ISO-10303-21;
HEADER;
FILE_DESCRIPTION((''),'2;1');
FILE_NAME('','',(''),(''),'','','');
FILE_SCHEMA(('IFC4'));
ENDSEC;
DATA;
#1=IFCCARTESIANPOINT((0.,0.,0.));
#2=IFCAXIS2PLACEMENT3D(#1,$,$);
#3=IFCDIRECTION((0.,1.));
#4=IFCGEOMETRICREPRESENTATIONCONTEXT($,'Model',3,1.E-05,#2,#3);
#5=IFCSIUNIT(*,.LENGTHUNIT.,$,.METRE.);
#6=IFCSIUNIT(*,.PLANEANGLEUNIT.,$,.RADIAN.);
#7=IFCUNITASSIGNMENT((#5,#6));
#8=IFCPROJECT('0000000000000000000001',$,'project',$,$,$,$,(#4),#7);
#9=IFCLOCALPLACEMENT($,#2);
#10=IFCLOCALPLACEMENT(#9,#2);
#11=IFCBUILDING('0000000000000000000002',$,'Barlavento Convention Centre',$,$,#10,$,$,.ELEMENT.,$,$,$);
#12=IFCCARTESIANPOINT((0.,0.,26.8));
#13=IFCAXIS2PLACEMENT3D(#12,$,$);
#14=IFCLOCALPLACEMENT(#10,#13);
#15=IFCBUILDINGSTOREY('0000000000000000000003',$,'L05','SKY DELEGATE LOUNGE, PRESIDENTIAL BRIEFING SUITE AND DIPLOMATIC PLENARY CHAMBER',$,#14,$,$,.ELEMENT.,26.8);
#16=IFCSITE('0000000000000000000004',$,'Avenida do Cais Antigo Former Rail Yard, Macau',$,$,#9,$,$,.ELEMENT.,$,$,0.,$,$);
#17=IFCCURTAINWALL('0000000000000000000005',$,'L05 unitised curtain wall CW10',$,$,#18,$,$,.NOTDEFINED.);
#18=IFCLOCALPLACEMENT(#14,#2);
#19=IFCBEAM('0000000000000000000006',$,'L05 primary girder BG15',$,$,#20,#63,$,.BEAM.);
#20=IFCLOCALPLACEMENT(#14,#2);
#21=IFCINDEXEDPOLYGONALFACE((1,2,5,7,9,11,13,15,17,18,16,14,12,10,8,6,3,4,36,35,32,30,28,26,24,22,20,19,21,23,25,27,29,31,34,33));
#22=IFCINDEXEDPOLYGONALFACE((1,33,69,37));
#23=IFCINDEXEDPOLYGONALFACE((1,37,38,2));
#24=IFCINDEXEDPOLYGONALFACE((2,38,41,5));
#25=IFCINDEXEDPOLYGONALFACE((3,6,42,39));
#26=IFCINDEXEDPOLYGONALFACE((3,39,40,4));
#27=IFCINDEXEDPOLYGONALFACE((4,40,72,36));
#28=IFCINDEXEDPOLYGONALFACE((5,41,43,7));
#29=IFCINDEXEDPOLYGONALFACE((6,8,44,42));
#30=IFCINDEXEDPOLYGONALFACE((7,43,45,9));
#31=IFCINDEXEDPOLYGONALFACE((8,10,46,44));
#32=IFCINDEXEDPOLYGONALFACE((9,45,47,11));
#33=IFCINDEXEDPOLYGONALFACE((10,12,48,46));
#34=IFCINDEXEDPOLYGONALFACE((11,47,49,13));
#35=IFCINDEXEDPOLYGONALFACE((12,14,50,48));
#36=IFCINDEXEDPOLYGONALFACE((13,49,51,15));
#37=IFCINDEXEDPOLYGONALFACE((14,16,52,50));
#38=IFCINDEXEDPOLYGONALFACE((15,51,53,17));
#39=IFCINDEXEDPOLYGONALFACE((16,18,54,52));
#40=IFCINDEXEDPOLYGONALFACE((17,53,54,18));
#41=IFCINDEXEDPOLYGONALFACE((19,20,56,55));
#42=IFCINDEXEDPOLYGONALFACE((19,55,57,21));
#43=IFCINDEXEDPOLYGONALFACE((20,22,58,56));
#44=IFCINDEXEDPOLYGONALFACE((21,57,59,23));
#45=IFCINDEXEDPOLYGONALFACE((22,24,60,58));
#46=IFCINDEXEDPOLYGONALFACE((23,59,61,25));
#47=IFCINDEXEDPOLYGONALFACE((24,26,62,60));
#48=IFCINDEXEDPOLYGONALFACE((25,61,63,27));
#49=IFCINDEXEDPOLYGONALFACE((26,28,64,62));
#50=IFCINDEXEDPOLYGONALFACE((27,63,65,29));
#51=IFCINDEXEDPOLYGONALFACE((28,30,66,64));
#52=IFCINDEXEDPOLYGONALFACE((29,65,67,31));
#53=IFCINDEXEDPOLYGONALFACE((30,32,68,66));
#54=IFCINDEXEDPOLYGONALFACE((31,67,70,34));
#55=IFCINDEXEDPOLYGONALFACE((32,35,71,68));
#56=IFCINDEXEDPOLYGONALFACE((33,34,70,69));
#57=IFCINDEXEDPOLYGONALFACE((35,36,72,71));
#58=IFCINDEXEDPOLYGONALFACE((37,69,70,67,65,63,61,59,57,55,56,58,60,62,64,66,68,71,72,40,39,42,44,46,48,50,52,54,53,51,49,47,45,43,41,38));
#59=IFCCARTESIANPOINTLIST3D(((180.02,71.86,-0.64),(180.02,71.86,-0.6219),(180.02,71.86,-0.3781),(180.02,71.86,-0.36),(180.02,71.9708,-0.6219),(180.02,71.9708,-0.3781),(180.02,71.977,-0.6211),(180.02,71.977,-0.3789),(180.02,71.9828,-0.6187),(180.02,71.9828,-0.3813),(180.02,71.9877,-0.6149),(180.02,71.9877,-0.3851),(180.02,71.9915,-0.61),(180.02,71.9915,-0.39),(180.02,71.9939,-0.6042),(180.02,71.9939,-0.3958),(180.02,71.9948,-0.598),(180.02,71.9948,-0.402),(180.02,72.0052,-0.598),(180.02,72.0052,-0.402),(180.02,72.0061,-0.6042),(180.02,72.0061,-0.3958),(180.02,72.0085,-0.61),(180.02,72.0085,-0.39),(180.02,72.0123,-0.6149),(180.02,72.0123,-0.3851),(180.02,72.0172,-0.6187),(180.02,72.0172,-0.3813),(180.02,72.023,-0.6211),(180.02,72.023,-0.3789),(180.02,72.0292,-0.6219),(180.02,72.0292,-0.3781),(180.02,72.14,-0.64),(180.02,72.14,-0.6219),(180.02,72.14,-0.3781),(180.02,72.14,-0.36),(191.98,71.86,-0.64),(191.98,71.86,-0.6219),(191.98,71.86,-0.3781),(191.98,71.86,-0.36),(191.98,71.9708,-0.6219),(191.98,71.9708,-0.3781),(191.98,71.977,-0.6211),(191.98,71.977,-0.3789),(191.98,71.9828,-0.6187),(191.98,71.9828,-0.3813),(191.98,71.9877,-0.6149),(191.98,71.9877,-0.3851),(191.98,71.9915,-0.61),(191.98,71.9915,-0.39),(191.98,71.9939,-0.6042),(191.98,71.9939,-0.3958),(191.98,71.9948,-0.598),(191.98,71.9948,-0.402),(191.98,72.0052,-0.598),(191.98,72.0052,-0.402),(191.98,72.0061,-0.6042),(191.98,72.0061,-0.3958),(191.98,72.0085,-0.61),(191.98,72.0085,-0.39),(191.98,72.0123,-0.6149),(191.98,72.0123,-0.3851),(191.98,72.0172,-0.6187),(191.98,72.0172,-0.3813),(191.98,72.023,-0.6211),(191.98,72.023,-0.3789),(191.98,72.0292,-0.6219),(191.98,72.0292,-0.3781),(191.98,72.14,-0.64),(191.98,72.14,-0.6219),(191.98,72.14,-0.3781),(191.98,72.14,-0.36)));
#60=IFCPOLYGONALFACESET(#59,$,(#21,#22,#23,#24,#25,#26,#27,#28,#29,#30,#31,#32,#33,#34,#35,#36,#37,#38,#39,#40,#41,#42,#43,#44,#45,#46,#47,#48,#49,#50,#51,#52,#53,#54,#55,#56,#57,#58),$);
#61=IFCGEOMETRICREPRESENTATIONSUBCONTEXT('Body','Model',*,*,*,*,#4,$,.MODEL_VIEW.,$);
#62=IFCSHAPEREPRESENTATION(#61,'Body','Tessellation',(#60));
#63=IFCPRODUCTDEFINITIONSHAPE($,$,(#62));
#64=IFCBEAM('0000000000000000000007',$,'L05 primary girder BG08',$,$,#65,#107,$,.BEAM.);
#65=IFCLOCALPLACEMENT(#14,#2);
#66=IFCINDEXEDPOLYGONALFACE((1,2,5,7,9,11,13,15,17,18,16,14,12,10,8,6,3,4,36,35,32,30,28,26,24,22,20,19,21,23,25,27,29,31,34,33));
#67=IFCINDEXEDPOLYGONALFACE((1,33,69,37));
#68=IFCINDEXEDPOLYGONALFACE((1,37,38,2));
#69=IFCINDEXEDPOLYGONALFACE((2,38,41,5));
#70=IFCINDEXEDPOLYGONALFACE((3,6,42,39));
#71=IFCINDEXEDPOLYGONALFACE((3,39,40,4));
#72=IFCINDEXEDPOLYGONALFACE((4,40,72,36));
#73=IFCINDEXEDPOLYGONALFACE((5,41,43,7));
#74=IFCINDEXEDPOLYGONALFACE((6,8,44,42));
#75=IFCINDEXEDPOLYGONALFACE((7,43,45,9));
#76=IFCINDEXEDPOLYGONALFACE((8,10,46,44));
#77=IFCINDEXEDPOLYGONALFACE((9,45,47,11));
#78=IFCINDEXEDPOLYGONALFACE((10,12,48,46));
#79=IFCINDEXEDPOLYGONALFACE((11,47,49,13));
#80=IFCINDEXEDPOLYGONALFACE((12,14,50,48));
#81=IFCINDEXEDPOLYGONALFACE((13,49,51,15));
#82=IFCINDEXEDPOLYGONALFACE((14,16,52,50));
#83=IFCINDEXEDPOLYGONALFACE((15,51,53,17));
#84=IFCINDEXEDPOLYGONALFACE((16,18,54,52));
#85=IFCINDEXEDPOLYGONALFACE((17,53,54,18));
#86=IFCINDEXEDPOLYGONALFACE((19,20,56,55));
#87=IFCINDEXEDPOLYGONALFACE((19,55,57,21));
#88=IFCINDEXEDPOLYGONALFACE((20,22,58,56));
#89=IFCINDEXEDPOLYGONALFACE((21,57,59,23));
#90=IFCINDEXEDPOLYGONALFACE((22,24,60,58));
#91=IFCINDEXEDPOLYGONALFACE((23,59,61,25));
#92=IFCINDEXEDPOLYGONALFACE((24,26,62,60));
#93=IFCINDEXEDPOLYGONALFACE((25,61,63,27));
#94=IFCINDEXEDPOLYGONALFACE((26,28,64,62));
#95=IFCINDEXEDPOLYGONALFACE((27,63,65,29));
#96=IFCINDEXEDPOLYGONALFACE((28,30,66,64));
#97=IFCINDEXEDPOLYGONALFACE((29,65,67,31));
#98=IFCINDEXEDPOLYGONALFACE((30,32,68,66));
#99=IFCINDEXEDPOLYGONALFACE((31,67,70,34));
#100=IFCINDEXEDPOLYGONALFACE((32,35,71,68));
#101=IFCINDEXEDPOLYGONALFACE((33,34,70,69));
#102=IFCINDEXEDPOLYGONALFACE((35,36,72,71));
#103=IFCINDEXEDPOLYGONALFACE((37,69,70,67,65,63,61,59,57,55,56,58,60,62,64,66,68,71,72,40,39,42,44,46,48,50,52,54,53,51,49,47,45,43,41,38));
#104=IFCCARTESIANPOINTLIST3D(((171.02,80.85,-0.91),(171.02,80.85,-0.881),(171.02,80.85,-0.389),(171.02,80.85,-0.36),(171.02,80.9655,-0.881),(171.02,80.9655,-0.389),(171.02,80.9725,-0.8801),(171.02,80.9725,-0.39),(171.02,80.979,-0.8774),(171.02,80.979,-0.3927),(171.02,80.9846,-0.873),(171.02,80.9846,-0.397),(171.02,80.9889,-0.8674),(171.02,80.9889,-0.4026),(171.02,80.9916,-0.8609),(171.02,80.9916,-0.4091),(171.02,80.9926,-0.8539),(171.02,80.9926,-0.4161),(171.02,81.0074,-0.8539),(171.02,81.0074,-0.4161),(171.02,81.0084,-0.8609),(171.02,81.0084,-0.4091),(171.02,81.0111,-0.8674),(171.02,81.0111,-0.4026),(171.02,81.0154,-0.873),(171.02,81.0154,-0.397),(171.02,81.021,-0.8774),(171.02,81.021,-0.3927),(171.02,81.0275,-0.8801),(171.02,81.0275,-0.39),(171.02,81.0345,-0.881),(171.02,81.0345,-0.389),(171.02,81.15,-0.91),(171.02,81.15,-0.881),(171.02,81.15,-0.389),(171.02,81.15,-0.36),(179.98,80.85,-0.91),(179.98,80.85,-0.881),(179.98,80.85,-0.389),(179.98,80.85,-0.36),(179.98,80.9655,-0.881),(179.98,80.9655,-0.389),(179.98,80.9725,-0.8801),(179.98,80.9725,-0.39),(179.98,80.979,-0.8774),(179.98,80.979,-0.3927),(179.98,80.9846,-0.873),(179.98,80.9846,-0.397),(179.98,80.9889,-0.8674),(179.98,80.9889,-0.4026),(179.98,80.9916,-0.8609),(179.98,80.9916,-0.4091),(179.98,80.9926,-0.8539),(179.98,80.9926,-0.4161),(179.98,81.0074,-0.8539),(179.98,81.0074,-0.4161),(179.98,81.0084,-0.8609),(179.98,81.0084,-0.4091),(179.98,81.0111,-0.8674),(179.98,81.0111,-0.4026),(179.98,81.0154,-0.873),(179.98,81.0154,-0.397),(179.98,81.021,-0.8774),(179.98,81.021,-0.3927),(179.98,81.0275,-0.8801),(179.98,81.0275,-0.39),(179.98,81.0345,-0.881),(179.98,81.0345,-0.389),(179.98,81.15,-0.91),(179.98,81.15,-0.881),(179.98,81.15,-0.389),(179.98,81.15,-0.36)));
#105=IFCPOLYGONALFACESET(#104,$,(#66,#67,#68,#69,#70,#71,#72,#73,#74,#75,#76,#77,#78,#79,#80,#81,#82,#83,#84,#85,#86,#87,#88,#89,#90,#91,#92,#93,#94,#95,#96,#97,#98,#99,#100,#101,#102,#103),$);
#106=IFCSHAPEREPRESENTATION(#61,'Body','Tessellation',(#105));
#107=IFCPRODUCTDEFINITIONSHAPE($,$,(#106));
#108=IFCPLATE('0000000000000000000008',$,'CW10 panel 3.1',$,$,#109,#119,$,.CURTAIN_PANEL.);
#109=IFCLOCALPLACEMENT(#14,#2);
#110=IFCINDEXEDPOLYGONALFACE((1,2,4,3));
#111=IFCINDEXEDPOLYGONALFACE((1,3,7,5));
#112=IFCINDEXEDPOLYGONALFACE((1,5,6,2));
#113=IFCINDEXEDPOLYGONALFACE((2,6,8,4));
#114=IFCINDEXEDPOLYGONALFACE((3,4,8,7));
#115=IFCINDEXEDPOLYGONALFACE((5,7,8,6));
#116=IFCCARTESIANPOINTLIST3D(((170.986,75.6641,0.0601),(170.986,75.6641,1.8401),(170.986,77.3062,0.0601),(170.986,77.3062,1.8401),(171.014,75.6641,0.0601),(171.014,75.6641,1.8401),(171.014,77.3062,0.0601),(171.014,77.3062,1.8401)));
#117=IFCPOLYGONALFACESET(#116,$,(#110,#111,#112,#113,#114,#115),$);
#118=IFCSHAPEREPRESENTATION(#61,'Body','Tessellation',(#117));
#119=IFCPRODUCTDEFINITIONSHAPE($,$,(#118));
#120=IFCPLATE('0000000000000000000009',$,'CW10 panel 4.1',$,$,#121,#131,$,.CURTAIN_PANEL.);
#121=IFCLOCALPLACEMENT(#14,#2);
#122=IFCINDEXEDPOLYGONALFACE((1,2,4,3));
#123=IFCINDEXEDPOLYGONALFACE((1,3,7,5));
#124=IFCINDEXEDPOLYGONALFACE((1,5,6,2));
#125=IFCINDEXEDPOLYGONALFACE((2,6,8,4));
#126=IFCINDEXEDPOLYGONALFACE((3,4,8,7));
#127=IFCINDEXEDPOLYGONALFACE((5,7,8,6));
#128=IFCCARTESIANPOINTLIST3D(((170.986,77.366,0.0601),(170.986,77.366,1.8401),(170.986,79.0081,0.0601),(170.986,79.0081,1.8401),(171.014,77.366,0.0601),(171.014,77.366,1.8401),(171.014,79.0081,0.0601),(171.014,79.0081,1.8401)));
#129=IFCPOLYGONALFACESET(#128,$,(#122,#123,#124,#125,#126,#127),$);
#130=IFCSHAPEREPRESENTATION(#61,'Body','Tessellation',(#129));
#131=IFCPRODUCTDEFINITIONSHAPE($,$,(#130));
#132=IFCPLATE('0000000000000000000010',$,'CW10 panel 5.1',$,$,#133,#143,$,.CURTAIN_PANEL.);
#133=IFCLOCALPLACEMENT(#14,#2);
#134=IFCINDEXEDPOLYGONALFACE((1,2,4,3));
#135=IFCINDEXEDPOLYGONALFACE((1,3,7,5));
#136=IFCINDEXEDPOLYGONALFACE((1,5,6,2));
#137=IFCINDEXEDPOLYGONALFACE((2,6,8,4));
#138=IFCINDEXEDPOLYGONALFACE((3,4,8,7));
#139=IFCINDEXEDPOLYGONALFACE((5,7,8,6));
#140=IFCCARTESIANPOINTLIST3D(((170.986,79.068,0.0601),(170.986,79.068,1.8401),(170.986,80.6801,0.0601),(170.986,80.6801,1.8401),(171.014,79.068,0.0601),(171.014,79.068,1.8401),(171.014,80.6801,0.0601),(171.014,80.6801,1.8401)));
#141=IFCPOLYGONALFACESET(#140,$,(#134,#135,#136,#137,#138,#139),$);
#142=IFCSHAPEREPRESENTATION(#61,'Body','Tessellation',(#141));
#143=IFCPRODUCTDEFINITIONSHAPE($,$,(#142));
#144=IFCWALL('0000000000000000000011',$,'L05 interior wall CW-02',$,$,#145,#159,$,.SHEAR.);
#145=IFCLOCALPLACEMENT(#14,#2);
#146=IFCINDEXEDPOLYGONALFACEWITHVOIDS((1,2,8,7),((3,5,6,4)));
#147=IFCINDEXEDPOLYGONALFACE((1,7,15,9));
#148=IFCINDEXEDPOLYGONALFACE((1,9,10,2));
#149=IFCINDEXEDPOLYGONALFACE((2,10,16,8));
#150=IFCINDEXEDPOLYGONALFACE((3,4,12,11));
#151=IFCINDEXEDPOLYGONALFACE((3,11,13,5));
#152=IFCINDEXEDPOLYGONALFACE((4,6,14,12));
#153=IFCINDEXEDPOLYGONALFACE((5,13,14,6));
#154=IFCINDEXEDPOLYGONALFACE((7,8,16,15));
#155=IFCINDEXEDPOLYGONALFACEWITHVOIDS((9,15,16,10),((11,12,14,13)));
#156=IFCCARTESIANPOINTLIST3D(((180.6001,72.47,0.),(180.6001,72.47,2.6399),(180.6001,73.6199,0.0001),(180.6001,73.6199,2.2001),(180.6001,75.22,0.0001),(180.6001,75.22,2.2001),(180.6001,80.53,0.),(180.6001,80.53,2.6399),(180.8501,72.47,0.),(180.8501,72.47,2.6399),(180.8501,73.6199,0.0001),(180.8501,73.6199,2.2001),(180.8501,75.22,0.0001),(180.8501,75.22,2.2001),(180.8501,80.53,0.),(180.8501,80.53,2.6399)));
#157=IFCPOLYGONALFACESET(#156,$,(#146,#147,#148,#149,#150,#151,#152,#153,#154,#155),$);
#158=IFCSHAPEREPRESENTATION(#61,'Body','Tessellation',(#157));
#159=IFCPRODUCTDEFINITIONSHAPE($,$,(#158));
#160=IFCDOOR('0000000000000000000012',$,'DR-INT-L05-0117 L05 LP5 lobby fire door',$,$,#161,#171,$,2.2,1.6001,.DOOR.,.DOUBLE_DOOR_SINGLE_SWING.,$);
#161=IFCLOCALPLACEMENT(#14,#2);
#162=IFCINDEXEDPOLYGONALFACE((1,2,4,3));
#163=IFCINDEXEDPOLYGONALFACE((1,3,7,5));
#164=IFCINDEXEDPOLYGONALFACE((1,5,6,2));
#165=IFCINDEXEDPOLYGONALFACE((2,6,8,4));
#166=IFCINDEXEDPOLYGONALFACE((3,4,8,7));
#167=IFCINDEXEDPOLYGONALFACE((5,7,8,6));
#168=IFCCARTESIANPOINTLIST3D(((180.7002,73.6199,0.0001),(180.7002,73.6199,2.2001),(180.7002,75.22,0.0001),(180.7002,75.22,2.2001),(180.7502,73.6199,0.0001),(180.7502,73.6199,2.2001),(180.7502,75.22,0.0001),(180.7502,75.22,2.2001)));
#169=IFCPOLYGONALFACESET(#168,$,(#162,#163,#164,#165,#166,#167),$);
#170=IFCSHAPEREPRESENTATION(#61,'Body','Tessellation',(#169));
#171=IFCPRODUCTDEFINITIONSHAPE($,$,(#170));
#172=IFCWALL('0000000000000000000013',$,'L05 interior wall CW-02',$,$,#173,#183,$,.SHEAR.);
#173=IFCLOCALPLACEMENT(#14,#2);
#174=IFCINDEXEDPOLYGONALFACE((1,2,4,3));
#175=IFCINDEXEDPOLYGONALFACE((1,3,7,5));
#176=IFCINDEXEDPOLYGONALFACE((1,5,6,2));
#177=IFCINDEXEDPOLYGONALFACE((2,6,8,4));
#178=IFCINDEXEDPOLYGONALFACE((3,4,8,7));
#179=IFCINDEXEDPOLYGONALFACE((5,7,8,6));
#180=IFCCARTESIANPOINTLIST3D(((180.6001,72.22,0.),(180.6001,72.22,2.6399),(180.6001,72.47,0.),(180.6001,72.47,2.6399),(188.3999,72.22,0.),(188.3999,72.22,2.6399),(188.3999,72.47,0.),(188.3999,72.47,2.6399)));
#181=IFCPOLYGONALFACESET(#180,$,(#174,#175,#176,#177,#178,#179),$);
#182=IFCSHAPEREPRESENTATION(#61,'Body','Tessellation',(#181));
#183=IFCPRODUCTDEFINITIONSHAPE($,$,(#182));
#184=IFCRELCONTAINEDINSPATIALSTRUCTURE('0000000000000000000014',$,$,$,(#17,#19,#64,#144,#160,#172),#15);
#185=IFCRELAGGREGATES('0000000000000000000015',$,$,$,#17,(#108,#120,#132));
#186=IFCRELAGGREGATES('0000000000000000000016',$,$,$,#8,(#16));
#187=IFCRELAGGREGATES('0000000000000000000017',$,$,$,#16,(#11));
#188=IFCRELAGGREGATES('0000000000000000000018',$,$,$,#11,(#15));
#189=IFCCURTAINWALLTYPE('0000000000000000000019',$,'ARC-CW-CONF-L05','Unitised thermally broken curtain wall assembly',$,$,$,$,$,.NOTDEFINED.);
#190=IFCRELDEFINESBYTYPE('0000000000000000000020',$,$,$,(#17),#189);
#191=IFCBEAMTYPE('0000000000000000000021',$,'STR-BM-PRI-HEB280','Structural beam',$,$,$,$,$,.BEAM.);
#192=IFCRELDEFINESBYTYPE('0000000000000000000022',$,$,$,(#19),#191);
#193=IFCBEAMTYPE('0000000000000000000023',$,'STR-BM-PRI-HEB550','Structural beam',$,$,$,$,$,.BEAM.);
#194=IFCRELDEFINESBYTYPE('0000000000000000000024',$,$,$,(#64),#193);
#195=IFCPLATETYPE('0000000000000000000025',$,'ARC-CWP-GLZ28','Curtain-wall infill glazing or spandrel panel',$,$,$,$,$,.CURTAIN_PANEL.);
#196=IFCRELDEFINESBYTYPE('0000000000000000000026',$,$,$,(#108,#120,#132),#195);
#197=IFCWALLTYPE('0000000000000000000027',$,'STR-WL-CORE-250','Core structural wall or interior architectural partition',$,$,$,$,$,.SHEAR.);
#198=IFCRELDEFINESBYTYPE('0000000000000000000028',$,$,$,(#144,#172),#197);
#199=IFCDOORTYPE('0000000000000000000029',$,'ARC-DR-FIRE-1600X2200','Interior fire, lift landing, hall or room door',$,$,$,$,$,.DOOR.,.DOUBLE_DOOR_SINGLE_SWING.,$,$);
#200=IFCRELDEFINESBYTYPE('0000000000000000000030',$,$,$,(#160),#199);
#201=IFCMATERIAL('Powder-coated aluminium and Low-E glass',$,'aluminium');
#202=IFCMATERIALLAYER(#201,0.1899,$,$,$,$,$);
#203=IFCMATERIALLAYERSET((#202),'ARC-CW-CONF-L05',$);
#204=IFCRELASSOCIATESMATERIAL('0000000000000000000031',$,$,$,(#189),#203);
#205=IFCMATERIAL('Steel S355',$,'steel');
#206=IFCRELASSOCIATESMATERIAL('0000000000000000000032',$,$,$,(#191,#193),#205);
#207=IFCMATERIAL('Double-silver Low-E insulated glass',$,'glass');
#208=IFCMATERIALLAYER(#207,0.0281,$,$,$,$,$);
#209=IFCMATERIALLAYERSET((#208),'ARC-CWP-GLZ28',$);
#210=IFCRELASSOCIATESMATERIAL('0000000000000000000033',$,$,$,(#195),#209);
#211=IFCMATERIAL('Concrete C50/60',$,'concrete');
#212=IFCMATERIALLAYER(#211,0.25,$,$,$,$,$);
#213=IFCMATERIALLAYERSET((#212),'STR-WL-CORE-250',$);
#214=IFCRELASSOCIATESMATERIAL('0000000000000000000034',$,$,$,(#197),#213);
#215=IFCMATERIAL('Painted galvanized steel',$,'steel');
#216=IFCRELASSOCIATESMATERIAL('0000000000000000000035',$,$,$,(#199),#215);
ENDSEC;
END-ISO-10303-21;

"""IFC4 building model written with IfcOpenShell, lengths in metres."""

from ifc_helpers import new_model, si_unit, direction, frame, frame_2d, origin, origin_2d, place, context, subcontext, project, spatial, rectangle, i_section, extrude, material, layer, layer_set, material_profile, profile_set, type_object, element, fill, aggregate, save


model = new_model("IFC4")

# Units and contexts
model_context = context("Model", 3, precision=1e-05, world=origin(), true_north=direction((0.0, 1.0)))
body_context = subcontext(model_context, "Body", "Model", "MODEL_VIEW")
ifc_project = project(units=[si_unit("LENGTHUNIT", "METRE"), si_unit("PLANEANGLEUNIT", "RADIAN")], contexts=[model_context])

# Site, building, storey
site_placement = place(None, origin())
site = spatial("IfcSite", under=ifc_project, at=site_placement, Name="Avenida do Cais Antigo Former Rail Yard, Macau", CompositionType="ELEMENT", RefElevation=0.0)
building_placement = place(site_placement, origin())
building = spatial("IfcBuilding", under=site, at=building_placement, Name="Barlavento Convention Centre", CompositionType="ELEMENT")
storey_placement = place(building_placement, frame((0.0, 0.0, 26.8)))
storey = spatial("IfcBuildingStorey", under=building, at=storey_placement, Name="L05", Description="SKY DELEGATE LOUNGE, PRESIDENTIAL BRIEFING SUITE AND DIPLOMATIC PLENARY CHAMBER", CompositionType="ELEMENT", Elevation=26.8)

# Shared definitions
ifc_material_1 = material(Name="Steel S355", Category="steel")

# Curtain wall
ifc_material_2 = material(Name="Powder-coated aluminium and Low-E glass", Category="aluminium")
ifc_layer_1 = layer(ifc_material_2, 0.1899)
ifc_layer_set_1 = layer_set([ifc_layer_1], Name="ARC-CW-CONF-L05")
curtain_wall_type = type_object("IfcCurtainWallType", Name="ARC-CW-CONF-L05", Description="Unitised thermally broken curtain wall assembly", PredefinedType="NOTDEFINED", material=ifc_layer_set_1)
curtain_wall_placement = place(storey_placement, origin())
curtain_wall = element("IfcCurtainWall", 1, at=curtain_wall_placement, inside=storey, type_object=curtain_wall_type, Name="L05 unitised curtain wall CW10", PredefinedType="NOTDEFINED")

# Beams
ifc_material_profile_1 = material_profile(ifc_material_1, i_section(OverallWidth=0.28, OverallDepth=0.28, WebThickness=0.0105, FlangeThickness=0.0181, FilletRadius=0.0239, at=origin_2d()), Name="HEB 280")
ifc_profile_set_1 = profile_set([ifc_material_profile_1], Name="Steel S355")
beam_type_1 = type_object("IfcBeamType", Name="STR-BM-PRI-HEB280", Description="Structural beam", PredefinedType="BEAM", material=ifc_profile_set_1)
beam_1_placement = place(storey_placement, frame((180.02, 72.0, -0.5), z_axis=(1.0, 0.0, 0.0), x_axis=(0.0, 1.0, 0.0)))
element("IfcBeam", 2, at=beam_1_placement, inside=storey, type_object=beam_type_1, Name="L05 primary girder BG15", PredefinedType="BEAM", context=body_context, shape_type="SweptSolid", body=[
    extrude(i_section(OverallWidth=0.28, OverallDepth=0.28, WebThickness=0.0105, FlangeThickness=0.0181, FilletRadius=0.0239, at=origin_2d()), origin(), (0.0, 0.0, 1.0), 11.96),
])
ifc_material_profile_2 = material_profile(ifc_material_1, i_section(OverallWidth=0.3, OverallDepth=0.55, WebThickness=0.0149, FlangeThickness=0.0291, FilletRadius=0.0271, at=origin_2d()), Name="HEB 550")
ifc_profile_set_2 = profile_set([ifc_material_profile_2], Name="Steel S355")
beam_type_2 = type_object("IfcBeamType", Name="STR-BM-PRI-HEB550", Description="Structural beam", PredefinedType="BEAM", material=ifc_profile_set_2)
beam_2_placement = place(storey_placement, frame((171.02, 81.0, -0.635), z_axis=(1.0, 0.0, 0.0), x_axis=(0.0, 1.0, 0.0)))
element("IfcBeam", 3, at=beam_2_placement, inside=storey, type_object=beam_type_2, Name="L05 primary girder BG08", PredefinedType="BEAM", context=body_context, shape_type="SweptSolid", body=[
    extrude(i_section(OverallWidth=0.3, OverallDepth=0.55, WebThickness=0.0149, FlangeThickness=0.0291, FilletRadius=0.0271, at=origin_2d()), origin(), (0.0, 0.0, 1.0), 8.96),
])

# Plates
ifc_material_3 = material(Name="Double-silver Low-E insulated glass", Category="glass")
ifc_layer_2 = layer(ifc_material_3, 0.0281)
ifc_layer_set_2 = layer_set([ifc_layer_2], Name="ARC-CWP-GLZ28")
plate_type = type_object("IfcPlateType", Name="ARC-CWP-GLZ28", Description="Curtain-wall infill glazing or spandrel panel", PredefinedType="CURTAIN_PANEL", material=ifc_layer_set_2)
plate_1_placement = place(storey_placement, frame((171.0, 76.4851, 0.0601), z_axis=(0.0, 0.0, 1.0), x_axis=(0.0, 1.0, 0.0)))
plate_1 = element("IfcPlate", 4, at=plate_1_placement, type_object=plate_type, Name="CW10 panel 3.1", PredefinedType="CURTAIN_PANEL", context=body_context, shape_type="SweptSolid", body=[
    extrude(rectangle(XDim=1.6421, YDim=0.0281, at=origin_2d()), origin(), (0.0, 0.0, 1.0), 1.78),
])
plate_2_placement = place(storey_placement, frame((171.0, 78.187, 0.0601), z_axis=(0.0, 0.0, 1.0), x_axis=(0.0, 1.0, 0.0)))
plate_2 = element("IfcPlate", 5, at=plate_2_placement, type_object=plate_type, Name="CW10 panel 4.1", PredefinedType="CURTAIN_PANEL", context=body_context, shape_type="SweptSolid", body=[
    extrude(rectangle(XDim=1.6421, YDim=0.0281, at=origin_2d()), origin(), (0.0, 0.0, 1.0), 1.78),
])
plate_3_placement = place(storey_placement, frame((171.0, 79.874, 0.0601), z_axis=(0.0, 0.0, 1.0), x_axis=(0.0, 1.0, 0.0)))
plate_3 = element("IfcPlate", 6, at=plate_3_placement, type_object=plate_type, Name="CW10 panel 5.1", PredefinedType="CURTAIN_PANEL", context=body_context, shape_type="SweptSolid", body=[
    extrude(rectangle(XDim=1.6121, YDim=0.0281, at=origin_2d()), origin(), (0.0, 0.0, 1.0), 1.78),
])
aggregate(curtain_wall, [plate_1, plate_2, plate_3])

# Wall, opening, door
ifc_material_4 = material(Name="Concrete C50/60", Category="concrete")
ifc_layer_3 = layer(ifc_material_4, 0.25)
ifc_layer_set_3 = layer_set([ifc_layer_3], Name="STR-WL-CORE-250")
wall_type = type_object("IfcWallType", Name="STR-WL-CORE-250", Description="Core structural wall or interior architectural partition", PredefinedType="SHEAR", material=ifc_layer_set_3)
wall_1_placement = place(storey_placement, frame((180.7251, 72.47, 0.0), z_axis=(0.0, 0.0, 1.0), x_axis=(0.0, 1.0, 0.0)))
wall_1 = element("IfcWall", 7, at=wall_1_placement, inside=storey, type_object=wall_type, Name="L05 interior wall CW-02", PredefinedType="SHEAR", context=body_context, shape_type="SweptSolid", body=[
    extrude(rectangle(XDim=8.0601, YDim=0.25, at=frame_2d((4.03, 0.0))), origin(), (0.0, 0.0, 1.0), 2.6399),
])
opening_1_placement = place(wall_1_placement, frame((1.1499, 0.0, 0.0)))
opening_1 = element("IfcOpeningElement", 8, at=opening_1_placement, cuts=wall_1, PredefinedType="OPENING", context=body_context, shape_type="SweptSolid", body=[
    extrude(rectangle(XDim=1.6001, YDim=2.2, at=frame_2d((0.8, 1.1001))), frame((0.0, 0.135, 0.0), z_axis=(0.0, -1.0, 0.0), x_axis=(1.0, 0.0, 0.0)), (0.0, 0.0, 1.0), 0.27),
])
ifc_material_5 = material(Name="Painted galvanized steel", Category="steel")
door_type_1 = type_object("IfcDoorType", Name="ARC-DR-FIRE-1600X2200", Description="Interior fire, lift landing, hall or room door", OperationType="DOUBLE_DOOR_SINGLE_SWING", PredefinedType="DOOR", material=ifc_material_5)
door_1_placement = place(opening_1_placement, origin())
door_1 = element("IfcDoor", 9, at=door_1_placement, inside=storey, type_object=door_type_1, Name="DR-INT-L05-0117 L05 LP5 lobby fire door", OperationType="DOUBLE_DOOR_SINGLE_SWING", OverallHeight=2.2, OverallWidth=1.6001, PredefinedType="DOOR", context=body_context, shape_type="SweptSolid", body=[
    extrude(rectangle(XDim=1.6001, YDim=2.2, at=frame_2d((0.8, 1.1001))), frame((0.0, 0.0249, 0.0), z_axis=(0.0, -1.0, 0.0), x_axis=(1.0, 0.0, 0.0)), (0.0, 0.0, 1.0), 0.05),
])
fill(opening_1, door_1)

# Wall
for number, where, z_axis, x_axis, name in (
    (10, (180.6001, 72.345, 0.0), (0.0, 0.0, 1.0), (1.0, 0.0, 0.0), "L05 interior wall CW-02"),
):
    element("IfcWall", number, at=place(storey_placement, frame(where, z_axis=z_axis, x_axis=x_axis)), inside=storey, type_object=wall_type, Name=name, PredefinedType="SHEAR", context=body_context, shape_type="SweptSolid", body=[
        extrude(rectangle(XDim=7.7998, YDim=0.25, at=frame_2d((3.8999, 0.0))), origin(), (0.0, 0.0, 1.0), 2.6399),
    ])

save(model, "model.ifc")
